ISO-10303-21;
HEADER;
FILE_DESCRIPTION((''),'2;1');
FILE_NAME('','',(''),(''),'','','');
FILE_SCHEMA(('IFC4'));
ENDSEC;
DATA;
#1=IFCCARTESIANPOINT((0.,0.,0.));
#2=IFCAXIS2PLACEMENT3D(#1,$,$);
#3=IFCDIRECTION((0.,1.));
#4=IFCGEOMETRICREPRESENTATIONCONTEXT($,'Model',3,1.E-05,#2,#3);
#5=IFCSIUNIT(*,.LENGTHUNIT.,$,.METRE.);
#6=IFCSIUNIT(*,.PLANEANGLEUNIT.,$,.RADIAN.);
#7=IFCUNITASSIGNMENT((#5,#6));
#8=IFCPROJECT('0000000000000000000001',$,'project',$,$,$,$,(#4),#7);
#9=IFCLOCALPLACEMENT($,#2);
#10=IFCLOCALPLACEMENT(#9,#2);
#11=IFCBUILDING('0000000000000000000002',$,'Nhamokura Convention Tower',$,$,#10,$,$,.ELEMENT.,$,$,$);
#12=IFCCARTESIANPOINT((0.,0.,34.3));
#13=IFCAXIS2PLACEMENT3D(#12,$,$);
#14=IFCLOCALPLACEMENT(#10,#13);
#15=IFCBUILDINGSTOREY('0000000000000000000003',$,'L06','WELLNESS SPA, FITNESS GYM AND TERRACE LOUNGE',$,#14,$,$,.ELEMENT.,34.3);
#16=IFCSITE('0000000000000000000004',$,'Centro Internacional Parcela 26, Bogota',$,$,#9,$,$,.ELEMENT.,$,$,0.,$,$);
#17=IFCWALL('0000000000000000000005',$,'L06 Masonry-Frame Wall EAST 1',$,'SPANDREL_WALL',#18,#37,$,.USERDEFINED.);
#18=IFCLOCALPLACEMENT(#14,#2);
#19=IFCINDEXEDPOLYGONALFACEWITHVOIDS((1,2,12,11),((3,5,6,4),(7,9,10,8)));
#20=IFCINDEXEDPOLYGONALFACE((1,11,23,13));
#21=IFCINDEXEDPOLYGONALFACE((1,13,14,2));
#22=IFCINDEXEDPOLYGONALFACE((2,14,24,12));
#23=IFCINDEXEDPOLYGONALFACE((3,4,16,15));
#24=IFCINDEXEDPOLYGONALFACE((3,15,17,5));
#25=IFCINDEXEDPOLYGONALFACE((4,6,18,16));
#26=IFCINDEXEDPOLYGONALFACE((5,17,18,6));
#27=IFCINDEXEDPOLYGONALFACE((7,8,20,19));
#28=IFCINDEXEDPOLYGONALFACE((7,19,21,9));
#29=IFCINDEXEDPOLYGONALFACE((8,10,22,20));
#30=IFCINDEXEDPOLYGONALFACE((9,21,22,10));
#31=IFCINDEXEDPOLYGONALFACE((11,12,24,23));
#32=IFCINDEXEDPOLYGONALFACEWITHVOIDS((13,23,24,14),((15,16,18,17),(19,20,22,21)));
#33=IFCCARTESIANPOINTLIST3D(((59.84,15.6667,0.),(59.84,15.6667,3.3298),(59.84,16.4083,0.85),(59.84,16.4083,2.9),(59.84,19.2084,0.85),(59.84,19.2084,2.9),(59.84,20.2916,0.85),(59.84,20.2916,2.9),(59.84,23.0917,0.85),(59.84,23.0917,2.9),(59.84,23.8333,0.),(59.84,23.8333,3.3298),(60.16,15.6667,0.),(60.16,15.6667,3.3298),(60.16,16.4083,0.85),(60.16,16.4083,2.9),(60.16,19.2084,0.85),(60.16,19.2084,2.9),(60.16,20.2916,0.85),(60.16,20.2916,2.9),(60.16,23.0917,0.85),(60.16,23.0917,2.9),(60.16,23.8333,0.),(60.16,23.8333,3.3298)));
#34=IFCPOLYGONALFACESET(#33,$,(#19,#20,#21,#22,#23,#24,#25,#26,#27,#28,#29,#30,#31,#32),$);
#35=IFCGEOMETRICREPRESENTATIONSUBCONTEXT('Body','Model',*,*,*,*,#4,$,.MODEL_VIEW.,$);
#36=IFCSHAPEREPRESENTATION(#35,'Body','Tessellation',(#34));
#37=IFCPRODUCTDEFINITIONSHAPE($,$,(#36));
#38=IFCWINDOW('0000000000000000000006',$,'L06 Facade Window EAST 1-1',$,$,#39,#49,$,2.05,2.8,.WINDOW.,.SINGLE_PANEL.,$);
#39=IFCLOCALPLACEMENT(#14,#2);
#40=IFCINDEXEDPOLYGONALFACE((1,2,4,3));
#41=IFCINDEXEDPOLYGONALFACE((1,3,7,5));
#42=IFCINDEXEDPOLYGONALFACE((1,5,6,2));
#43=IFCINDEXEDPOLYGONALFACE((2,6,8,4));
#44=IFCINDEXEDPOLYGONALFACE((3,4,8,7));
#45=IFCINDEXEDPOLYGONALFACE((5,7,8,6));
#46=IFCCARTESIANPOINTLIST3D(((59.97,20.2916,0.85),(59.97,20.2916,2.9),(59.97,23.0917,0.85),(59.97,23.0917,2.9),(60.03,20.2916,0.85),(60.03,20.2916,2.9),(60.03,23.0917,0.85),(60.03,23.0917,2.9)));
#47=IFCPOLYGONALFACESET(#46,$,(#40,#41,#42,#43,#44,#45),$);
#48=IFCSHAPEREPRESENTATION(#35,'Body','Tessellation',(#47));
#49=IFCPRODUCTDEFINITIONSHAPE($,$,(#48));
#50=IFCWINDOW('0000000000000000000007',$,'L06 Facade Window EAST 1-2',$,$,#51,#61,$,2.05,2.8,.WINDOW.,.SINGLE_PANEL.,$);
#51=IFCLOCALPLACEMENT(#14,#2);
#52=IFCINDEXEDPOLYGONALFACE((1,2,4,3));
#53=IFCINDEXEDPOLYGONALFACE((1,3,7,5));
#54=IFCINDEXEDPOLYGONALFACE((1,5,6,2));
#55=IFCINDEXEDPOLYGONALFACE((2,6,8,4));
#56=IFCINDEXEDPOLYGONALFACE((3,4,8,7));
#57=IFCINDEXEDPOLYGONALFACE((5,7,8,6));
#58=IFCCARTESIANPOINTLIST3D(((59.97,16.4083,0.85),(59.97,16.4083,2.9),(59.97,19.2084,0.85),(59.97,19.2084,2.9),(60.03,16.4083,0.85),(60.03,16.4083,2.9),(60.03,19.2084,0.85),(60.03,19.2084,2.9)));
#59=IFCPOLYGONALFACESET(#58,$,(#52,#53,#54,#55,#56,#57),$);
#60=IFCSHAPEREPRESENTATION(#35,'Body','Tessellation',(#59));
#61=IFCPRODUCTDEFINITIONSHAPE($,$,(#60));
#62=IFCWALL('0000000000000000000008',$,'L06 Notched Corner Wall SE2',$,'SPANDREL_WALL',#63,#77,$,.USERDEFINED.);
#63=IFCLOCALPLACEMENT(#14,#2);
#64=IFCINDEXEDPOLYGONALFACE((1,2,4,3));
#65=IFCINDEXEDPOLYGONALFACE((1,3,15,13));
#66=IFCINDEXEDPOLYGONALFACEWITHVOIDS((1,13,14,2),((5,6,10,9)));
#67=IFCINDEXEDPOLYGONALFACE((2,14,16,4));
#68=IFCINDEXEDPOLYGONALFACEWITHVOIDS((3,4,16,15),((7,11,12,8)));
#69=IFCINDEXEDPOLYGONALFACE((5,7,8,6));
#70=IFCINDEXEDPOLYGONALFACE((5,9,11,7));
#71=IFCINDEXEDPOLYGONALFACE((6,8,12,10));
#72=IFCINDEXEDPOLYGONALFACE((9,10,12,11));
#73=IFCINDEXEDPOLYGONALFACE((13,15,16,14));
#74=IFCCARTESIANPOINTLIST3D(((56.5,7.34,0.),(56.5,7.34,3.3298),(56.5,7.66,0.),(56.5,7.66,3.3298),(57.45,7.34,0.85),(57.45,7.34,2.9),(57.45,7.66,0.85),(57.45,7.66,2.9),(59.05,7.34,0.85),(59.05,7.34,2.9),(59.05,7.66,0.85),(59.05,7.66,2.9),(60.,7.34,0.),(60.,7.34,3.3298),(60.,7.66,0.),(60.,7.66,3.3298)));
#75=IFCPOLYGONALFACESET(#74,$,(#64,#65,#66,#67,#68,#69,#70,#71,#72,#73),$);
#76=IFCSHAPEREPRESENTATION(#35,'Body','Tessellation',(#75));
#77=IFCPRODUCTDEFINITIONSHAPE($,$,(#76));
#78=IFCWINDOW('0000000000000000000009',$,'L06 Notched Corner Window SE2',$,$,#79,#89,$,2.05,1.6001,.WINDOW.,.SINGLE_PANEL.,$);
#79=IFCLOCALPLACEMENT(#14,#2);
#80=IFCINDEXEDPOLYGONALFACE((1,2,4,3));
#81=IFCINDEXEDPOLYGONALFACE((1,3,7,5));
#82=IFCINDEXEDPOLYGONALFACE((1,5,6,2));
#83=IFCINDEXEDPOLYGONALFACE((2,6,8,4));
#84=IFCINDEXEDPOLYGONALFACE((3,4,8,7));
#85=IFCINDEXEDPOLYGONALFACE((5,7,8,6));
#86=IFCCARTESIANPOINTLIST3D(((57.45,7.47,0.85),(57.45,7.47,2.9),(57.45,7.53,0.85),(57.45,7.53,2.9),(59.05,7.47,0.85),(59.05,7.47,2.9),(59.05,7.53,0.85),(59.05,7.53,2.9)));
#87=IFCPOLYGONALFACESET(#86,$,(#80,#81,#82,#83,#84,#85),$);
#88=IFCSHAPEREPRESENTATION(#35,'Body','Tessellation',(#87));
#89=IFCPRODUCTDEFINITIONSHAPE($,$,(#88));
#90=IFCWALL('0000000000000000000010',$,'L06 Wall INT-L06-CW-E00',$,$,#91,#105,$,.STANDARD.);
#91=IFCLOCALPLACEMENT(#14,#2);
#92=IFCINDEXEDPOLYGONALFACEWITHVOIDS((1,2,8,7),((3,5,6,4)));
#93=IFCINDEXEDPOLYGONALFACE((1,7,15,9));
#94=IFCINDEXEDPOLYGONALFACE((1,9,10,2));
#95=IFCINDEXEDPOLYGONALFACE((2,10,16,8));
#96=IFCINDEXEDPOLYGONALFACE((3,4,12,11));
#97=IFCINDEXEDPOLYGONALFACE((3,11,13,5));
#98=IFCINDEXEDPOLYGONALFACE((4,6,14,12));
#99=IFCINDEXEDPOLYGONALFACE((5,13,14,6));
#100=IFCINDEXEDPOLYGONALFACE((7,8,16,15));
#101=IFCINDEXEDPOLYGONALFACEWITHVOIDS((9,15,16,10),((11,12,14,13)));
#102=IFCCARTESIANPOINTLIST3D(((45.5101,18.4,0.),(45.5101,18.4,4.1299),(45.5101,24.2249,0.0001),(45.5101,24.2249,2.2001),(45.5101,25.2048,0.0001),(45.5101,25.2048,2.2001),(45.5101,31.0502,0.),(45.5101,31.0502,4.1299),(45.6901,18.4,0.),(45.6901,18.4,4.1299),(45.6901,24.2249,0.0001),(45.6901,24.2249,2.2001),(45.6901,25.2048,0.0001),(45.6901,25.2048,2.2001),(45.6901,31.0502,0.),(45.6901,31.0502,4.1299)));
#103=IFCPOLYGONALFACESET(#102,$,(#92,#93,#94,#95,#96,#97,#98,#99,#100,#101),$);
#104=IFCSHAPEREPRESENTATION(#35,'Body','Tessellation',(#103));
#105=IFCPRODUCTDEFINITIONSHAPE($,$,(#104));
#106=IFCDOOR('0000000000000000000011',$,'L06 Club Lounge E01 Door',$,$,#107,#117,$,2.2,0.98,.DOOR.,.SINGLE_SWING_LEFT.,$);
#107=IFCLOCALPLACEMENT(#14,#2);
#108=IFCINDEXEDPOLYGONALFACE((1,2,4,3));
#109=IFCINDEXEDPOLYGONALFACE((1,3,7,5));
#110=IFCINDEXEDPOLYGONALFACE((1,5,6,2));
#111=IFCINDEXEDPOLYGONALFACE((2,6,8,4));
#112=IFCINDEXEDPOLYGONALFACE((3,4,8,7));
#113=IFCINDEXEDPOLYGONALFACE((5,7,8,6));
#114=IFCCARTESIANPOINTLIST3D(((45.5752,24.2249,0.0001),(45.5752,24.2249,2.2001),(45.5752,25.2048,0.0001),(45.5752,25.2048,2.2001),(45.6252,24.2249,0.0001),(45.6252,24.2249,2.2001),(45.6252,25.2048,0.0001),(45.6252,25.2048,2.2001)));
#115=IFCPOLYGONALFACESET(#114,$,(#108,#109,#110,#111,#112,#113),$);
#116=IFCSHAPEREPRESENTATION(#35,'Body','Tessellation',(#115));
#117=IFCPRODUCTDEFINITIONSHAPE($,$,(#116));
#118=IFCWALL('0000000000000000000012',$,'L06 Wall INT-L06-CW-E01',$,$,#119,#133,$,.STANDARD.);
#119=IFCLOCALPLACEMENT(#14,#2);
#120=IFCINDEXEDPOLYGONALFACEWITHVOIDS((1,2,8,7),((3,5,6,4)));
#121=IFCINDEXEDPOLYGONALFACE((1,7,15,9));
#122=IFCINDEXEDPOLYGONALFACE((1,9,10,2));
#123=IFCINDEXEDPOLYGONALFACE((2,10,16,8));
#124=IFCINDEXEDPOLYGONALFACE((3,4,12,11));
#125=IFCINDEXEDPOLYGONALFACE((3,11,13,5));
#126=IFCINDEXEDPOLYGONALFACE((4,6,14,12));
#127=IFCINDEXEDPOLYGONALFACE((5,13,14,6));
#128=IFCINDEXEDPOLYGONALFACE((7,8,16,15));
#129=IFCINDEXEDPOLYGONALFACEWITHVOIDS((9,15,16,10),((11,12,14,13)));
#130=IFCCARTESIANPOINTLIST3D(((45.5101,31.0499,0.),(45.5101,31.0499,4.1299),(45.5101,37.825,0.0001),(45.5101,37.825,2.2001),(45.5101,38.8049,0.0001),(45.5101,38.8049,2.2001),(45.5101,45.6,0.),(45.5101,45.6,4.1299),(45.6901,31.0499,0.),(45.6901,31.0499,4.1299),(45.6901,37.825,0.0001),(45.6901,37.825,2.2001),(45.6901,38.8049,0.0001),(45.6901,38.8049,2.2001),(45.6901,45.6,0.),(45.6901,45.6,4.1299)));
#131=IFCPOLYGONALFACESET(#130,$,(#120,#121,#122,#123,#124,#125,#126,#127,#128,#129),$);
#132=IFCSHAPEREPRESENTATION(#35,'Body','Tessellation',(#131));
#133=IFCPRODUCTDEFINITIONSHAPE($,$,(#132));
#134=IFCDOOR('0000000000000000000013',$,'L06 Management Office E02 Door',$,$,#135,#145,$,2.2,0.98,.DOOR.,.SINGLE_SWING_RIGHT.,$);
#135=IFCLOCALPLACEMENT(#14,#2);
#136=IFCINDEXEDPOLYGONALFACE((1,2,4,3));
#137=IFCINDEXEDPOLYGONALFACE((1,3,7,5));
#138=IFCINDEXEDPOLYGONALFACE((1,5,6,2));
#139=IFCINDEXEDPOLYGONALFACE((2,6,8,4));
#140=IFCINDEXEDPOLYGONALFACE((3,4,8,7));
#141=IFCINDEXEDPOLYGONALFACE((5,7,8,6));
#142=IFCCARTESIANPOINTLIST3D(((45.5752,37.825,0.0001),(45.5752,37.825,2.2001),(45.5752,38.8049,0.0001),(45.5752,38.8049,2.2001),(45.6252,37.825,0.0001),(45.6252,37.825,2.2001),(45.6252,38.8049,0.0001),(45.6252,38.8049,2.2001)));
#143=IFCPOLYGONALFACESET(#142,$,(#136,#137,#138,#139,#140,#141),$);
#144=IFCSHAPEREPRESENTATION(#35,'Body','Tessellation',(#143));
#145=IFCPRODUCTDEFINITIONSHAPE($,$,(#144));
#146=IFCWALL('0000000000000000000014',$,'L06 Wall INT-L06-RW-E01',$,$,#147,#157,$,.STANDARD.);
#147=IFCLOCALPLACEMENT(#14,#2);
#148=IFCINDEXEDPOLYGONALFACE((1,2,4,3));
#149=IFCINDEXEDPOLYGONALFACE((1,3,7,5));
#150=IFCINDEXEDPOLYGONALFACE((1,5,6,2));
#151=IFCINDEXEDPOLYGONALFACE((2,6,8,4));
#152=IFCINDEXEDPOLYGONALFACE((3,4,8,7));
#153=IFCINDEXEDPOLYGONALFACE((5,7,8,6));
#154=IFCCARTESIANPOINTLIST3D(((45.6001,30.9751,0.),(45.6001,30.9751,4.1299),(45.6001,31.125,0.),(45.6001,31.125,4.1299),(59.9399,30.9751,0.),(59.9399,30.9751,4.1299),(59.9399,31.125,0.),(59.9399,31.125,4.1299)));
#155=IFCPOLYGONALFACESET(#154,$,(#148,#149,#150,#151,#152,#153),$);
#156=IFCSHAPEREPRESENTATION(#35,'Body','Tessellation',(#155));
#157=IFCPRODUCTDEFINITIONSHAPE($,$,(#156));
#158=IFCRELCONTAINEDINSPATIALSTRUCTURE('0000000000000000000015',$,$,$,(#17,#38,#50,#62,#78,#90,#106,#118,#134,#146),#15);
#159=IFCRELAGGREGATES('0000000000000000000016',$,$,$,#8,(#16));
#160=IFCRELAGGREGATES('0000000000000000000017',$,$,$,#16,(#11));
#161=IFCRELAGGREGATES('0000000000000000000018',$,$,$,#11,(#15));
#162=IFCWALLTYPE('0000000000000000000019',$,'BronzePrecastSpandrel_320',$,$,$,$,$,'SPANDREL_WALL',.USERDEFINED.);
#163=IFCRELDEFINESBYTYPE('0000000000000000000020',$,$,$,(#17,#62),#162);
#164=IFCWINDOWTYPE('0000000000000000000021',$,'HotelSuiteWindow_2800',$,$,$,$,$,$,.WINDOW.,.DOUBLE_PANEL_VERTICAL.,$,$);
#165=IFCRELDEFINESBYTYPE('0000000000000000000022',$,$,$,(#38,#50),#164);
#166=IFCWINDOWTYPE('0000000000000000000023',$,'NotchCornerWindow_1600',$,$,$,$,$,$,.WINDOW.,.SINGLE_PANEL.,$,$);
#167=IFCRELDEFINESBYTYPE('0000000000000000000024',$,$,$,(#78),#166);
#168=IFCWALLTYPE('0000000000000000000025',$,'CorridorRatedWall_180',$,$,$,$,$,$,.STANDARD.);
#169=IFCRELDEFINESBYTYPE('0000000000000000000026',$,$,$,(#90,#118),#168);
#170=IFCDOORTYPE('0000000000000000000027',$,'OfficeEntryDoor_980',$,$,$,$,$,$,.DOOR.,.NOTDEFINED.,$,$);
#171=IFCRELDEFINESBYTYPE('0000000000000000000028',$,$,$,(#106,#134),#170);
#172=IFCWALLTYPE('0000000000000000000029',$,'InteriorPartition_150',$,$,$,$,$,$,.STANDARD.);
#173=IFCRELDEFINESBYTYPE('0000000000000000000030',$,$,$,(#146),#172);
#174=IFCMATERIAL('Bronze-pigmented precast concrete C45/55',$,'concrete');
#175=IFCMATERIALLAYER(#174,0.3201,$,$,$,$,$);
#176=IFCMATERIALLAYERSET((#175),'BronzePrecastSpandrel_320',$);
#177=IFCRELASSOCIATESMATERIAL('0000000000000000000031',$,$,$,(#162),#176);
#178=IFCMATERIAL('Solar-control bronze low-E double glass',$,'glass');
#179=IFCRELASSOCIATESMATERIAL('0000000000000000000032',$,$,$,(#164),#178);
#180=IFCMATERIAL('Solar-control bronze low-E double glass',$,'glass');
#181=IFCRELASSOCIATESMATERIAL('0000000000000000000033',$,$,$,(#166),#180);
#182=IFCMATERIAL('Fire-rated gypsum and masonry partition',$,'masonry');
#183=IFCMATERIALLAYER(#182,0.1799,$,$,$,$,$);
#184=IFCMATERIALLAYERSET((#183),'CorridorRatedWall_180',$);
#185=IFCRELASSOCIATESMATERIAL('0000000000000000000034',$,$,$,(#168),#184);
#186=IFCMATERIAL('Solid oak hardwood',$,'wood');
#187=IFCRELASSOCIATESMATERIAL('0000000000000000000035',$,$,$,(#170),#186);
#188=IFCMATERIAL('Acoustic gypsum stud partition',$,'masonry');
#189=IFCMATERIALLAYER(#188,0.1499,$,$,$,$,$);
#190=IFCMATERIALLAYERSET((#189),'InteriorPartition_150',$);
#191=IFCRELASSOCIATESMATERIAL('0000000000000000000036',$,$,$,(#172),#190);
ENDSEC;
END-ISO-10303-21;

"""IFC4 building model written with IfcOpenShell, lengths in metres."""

from ifc_helpers import new_model, si_unit, direction, frame, frame_2d, origin, place, context, subcontext, project, spatial, rectangle, extrude, material, layer, layer_set, type_object, element, fill, save


model = new_model("IFC4")

# Units and contexts
model_context = context("Model", 3, precision=1e-05, world=origin(), true_north=direction((0.0, 1.0)))
body_context = subcontext(model_context, "Body", "Model", "MODEL_VIEW")
ifc_project = project(units=[si_unit("LENGTHUNIT", "METRE"), si_unit("PLANEANGLEUNIT", "RADIAN")], contexts=[model_context])

# Site, building, storey
site_placement = place(None, origin())
site = spatial("IfcSite", under=ifc_project, at=site_placement, Name="Centro Internacional Parcela 26, Bogota", CompositionType="ELEMENT", RefElevation=0.0)
building_placement = place(site_placement, origin())
building = spatial("IfcBuilding", under=site, at=building_placement, Name="Nhamokura Convention Tower", CompositionType="ELEMENT")
storey_placement = place(building_placement, frame((0.0, 0.0, 34.3)))
storey = spatial("IfcBuildingStorey", under=building, at=storey_placement, Name="L06", Description="WELLNESS SPA, FITNESS GYM AND TERRACE LOUNGE", CompositionType="ELEMENT", Elevation=34.3)

# Shared definitions
ifc_material_1 = material(Name="Bronze-pigmented precast concrete C45/55", Category="concrete")
ifc_layer_1 = layer(ifc_material_1, 0.3201)
ifc_layer_set_1 = layer_set([ifc_layer_1], Name="BronzePrecastSpandrel_320")
wall_type_1 = type_object("IfcWallType", Name="BronzePrecastSpandrel_320", ElementType="SPANDREL_WALL", PredefinedType="USERDEFINED", material=ifc_layer_set_1)

# Wall, openings, windows
wall_1_placement = place(storey_placement, frame((60.0, 23.8333, 0.0), z_axis=(0.0, 0.0, 1.0), x_axis=(0.0, -1.0, 0.0)))
wall_1 = element("IfcWall", 1, at=wall_1_placement, inside=storey, type_object=wall_type_1, Name="L06 Masonry-Frame Wall EAST 1", ObjectType="SPANDREL_WALL", PredefinedType="USERDEFINED", context=body_context, shape_type="SweptSolid", body=[
    extrude(rectangle(XDim=8.1665, YDim=0.3201, at=frame_2d((4.0833, 0.0))), origin(), (0.0, 0.0, 1.0), 3.3298),
])
opening_1_placement = place(wall_1_placement, frame((0.7417, 0.0, 0.8501)))
opening_1 = element("IfcOpeningElement", 2, at=opening_1_placement, cuts=wall_1, PredefinedType="OPENING", context=body_context, shape_type="SweptSolid", body=[
    extrude(rectangle(XDim=2.8, YDim=2.05, at=frame_2d((1.3999, 1.0249))), frame((0.0, 0.1699, 0.0), z_axis=(0.0, -1.0, 0.0), x_axis=(1.0, 0.0, 0.0)), (0.0, 0.0, 1.0), 0.3401),
])
opening_2_placement = place(wall_1_placement, frame((4.625, 0.0, 0.8501)))
opening_2 = element("IfcOpeningElement", 3, at=opening_2_placement, cuts=wall_1, PredefinedType="OPENING", context=body_context, shape_type="SweptSolid", body=[
    extrude(rectangle(XDim=2.8, YDim=2.05, at=frame_2d((1.3999, 1.0249))), frame((0.0, 0.1699, 0.0), z_axis=(0.0, -1.0, 0.0), x_axis=(1.0, 0.0, 0.0)), (0.0, 0.0, 1.0), 0.3401),
])
ifc_material_2 = material(Name="Solar-control bronze low-E double glass", Category="glass")
window_type_1 = type_object("IfcWindowType", Name="HotelSuiteWindow_2800", PartitioningType="DOUBLE_PANEL_VERTICAL", PredefinedType="WINDOW", material=ifc_material_2)
window_1_placement = place(opening_1_placement, origin())
window_1 = element("IfcWindow", 4, at=window_1_placement, inside=storey, type_object=window_type_1, Name="L06 Facade Window EAST 1-1", OverallHeight=2.05, OverallWidth=2.8, PartitioningType="SINGLE_PANEL", PredefinedType="WINDOW", context=body_context, shape_type="SweptSolid", body=[
    extrude(rectangle(XDim=2.8, YDim=2.05, at=frame_2d((1.3999, 1.0249))), frame((0.0, 0.03, 0.0), z_axis=(0.0, -1.0, 0.0), x_axis=(1.0, 0.0, 0.0)), (0.0, 0.0, 1.0), 0.0601),
])
fill(opening_1, window_1)
window_2_placement = place(opening_2_placement, origin())
window_2 = element("IfcWindow", 5, at=window_2_placement, inside=storey, type_object=window_type_1, Name="L06 Facade Window EAST 1-2", OverallHeight=2.05, OverallWidth=2.8, PartitioningType="SINGLE_PANEL", PredefinedType="WINDOW", context=body_context, shape_type="SweptSolid", body=[
    extrude(rectangle(XDim=2.8, YDim=2.05, at=frame_2d((1.3999, 1.0249))), frame((0.0, 0.03, 0.0), z_axis=(0.0, -1.0, 0.0), x_axis=(1.0, 0.0, 0.0)), (0.0, 0.0, 1.0), 0.0601),
])
fill(opening_2, window_2)

# Wall, opening, window
wall_2_placement = place(storey_placement, frame((60.0, 7.5, 0.0), z_axis=(0.0, 0.0, 1.0), x_axis=(-1.0, 0.0, 0.0)))
wall_2 = element("IfcWall", 6, at=wall_2_placement, inside=storey, type_object=wall_type_1, Name="L06 Notched Corner Wall SE2", ObjectType="SPANDREL_WALL", PredefinedType="USERDEFINED", context=body_context, shape_type="SweptSolid", body=[
    extrude(rectangle(XDim=3.5, YDim=0.3201, at=frame_2d((1.75, 0.0))), origin(), (0.0, 0.0, 1.0), 3.3298),
])
opening_3_placement = place(wall_2_placement, frame((0.95, 0.0, 0.8501)))
opening_3 = element("IfcOpeningElement", 7, at=opening_3_placement, cuts=wall_2, PredefinedType="OPENING", context=body_context, shape_type="SweptSolid", body=[
    extrude(rectangle(XDim=1.6001, YDim=2.05, at=frame_2d((0.8, 1.0249))), frame((0.0, 0.1699, 0.0), z_axis=(0.0, -1.0, 0.0), x_axis=(1.0, 0.0, 0.0)), (0.0, 0.0, 1.0), 0.3401),
])
ifc_material_3 = material(Name="Solar-control bronze low-E double glass", Category="glass")
window_type_2 = type_object("IfcWindowType", Name="NotchCornerWindow_1600", PartitioningType="SINGLE_PANEL", PredefinedType="WINDOW", material=ifc_material_3)
window_3_placement = place(opening_3_placement, origin())
window_3 = element("IfcWindow", 8, at=window_3_placement, inside=storey, type_object=window_type_2, Name="L06 Notched Corner Window SE2", OverallHeight=2.05, OverallWidth=1.6001, PartitioningType="SINGLE_PANEL", PredefinedType="WINDOW", context=body_context, shape_type="SweptSolid", body=[
    extrude(rectangle(XDim=1.6001, YDim=2.05, at=frame_2d((0.8, 1.0249))), frame((0.0, 0.03, 0.0), z_axis=(0.0, -1.0, 0.0), x_axis=(1.0, 0.0, 0.0)), (0.0, 0.0, 1.0), 0.0601),
])
fill(opening_3, window_3)

# Walls, openings, doors
ifc_material_4 = material(Name="Fire-rated gypsum and masonry partition", Category="masonry")
ifc_layer_2 = layer(ifc_material_4, 0.1799)
ifc_layer_set_2 = layer_set([ifc_layer_2], Name="CorridorRatedWall_180")
wall_type_2 = type_object("IfcWallType", Name="CorridorRatedWall_180", PredefinedType="STANDARD", material=ifc_layer_set_2)
wall_3_placement = place(storey_placement, frame((45.6001, 18.3999, 0.0), z_axis=(0.0, 0.0, 1.0), x_axis=(0.0, 1.0, 0.0)))
wall_3 = element("IfcWall", 9, at=wall_3_placement, inside=storey, type_object=wall_type_2, Name="L06 Wall INT-L06-CW-E00", PredefinedType="STANDARD", context=body_context, shape_type="SweptSolid", body=[
    extrude(rectangle(XDim=12.6501, YDim=0.1799, at=frame_2d((6.3252, 0.0))), origin(), (0.0, 0.0, 1.0), 4.1299),
])
opening_4_placement = place(wall_3_placement, frame((5.825, 0.0, 0.0)))
opening_4 = element("IfcOpeningElement", 10, at=opening_4_placement, cuts=wall_3, PredefinedType="OPENING", context=body_context, shape_type="SweptSolid", body=[
    extrude(rectangle(XDim=0.98, YDim=2.2, at=frame_2d((0.49, 1.1001))), frame((0.0, 0.0999, 0.0), z_axis=(0.0, -1.0, 0.0), x_axis=(1.0, 0.0, 0.0)), (0.0, 0.0, 1.0), 0.2),
])
ifc_material_5 = material(Name="Solid oak hardwood", Category="wood")
door_type = type_object("IfcDoorType", Name="OfficeEntryDoor_980", OperationType="NOTDEFINED", PredefinedType="DOOR", material=ifc_material_5)
door_1_placement = place(opening_4_placement, origin())
door_1 = element("IfcDoor", 11, at=door_1_placement, inside=storey, type_object=door_type, Name="L06 Club Lounge E01 Door", OperationType="SINGLE_SWING_LEFT", OverallHeight=2.2, OverallWidth=0.98, PredefinedType="DOOR", context=body_context, shape_type="SweptSolid", body=[
    extrude(rectangle(XDim=0.98, YDim=2.2, at=frame_2d((0.49, 1.1001))), frame((0.0, 0.0249, 0.0), z_axis=(0.0, -1.0, 0.0), x_axis=(1.0, 0.0, 0.0)), (0.0, 0.0, 1.0), 0.05),
])
fill(opening_4, door_1)
wall_4_placement = place(storey_placement, frame((45.6001, 31.05, 0.0), z_axis=(0.0, 0.0, 1.0), x_axis=(0.0, 1.0, 0.0)))
wall_4 = element("IfcWall", 12, at=wall_4_placement, inside=storey, type_object=wall_type_2, Name="L06 Wall INT-L06-CW-E01", PredefinedType="STANDARD", context=body_context, shape_type="SweptSolid", body=[
    extrude(rectangle(XDim=14.55, YDim=0.1799, at=frame_2d((7.2749, 0.0))), origin(), (0.0, 0.0, 1.0), 4.1299),
])
opening_5_placement = place(wall_4_placement, frame((6.7749, 0.0, 0.0)))
opening_5 = element("IfcOpeningElement", 13, at=opening_5_placement, cuts=wall_4, PredefinedType="OPENING", context=body_context, shape_type="SweptSolid", body=[
    extrude(rectangle(XDim=0.98, YDim=2.2, at=frame_2d((0.49, 1.1001))), frame((0.0, 0.0999, 0.0), z_axis=(0.0, -1.0, 0.0), x_axis=(1.0, 0.0, 0.0)), (0.0, 0.0, 1.0), 0.2),
])
door_2_placement = place(opening_5_placement, origin())
door_2 = element("IfcDoor", 14, at=door_2_placement, inside=storey, type_object=door_type, Name="L06 Management Office E02 Door", OperationType="SINGLE_SWING_RIGHT", OverallHeight=2.2, OverallWidth=0.98, PredefinedType="DOOR", context=body_context, shape_type="SweptSolid", body=[
    extrude(rectangle(XDim=0.98, YDim=2.2, at=frame_2d((0.49, 1.1001))), frame((0.0, 0.0249, 0.0), z_axis=(0.0, -1.0, 0.0), x_axis=(1.0, 0.0, 0.0)), (0.0, 0.0, 1.0), 0.05),
])
fill(opening_5, door_2)

# Wall
ifc_material_6 = material(Name="Acoustic gypsum stud partition", Category="masonry")
ifc_layer_3 = layer(ifc_material_6, 0.1499)
ifc_layer_set_3 = layer_set([ifc_layer_3], Name="InteriorPartition_150")
wall_type_3 = type_object("IfcWallType", Name="InteriorPartition_150", PredefinedType="STANDARD", material=ifc_layer_set_3)
wall_5_placement = place(storey_placement, frame((45.6001, 31.05, 0.0), z_axis=(0.0, 0.0, 1.0), x_axis=(1.0, 0.0, 0.0)))
element("IfcWall", 15, at=wall_5_placement, inside=storey, type_object=wall_type_3, Name="L06 Wall INT-L06-RW-E01", PredefinedType="STANDARD", context=body_context, shape_type="SweptSolid", body=[
    extrude(rectangle(XDim=14.3398, YDim=0.1499, at=frame_2d((7.1699, 0.0))), origin(), (0.0, 0.0, 1.0), 4.1299),
])

save(model, "model.ifc")
